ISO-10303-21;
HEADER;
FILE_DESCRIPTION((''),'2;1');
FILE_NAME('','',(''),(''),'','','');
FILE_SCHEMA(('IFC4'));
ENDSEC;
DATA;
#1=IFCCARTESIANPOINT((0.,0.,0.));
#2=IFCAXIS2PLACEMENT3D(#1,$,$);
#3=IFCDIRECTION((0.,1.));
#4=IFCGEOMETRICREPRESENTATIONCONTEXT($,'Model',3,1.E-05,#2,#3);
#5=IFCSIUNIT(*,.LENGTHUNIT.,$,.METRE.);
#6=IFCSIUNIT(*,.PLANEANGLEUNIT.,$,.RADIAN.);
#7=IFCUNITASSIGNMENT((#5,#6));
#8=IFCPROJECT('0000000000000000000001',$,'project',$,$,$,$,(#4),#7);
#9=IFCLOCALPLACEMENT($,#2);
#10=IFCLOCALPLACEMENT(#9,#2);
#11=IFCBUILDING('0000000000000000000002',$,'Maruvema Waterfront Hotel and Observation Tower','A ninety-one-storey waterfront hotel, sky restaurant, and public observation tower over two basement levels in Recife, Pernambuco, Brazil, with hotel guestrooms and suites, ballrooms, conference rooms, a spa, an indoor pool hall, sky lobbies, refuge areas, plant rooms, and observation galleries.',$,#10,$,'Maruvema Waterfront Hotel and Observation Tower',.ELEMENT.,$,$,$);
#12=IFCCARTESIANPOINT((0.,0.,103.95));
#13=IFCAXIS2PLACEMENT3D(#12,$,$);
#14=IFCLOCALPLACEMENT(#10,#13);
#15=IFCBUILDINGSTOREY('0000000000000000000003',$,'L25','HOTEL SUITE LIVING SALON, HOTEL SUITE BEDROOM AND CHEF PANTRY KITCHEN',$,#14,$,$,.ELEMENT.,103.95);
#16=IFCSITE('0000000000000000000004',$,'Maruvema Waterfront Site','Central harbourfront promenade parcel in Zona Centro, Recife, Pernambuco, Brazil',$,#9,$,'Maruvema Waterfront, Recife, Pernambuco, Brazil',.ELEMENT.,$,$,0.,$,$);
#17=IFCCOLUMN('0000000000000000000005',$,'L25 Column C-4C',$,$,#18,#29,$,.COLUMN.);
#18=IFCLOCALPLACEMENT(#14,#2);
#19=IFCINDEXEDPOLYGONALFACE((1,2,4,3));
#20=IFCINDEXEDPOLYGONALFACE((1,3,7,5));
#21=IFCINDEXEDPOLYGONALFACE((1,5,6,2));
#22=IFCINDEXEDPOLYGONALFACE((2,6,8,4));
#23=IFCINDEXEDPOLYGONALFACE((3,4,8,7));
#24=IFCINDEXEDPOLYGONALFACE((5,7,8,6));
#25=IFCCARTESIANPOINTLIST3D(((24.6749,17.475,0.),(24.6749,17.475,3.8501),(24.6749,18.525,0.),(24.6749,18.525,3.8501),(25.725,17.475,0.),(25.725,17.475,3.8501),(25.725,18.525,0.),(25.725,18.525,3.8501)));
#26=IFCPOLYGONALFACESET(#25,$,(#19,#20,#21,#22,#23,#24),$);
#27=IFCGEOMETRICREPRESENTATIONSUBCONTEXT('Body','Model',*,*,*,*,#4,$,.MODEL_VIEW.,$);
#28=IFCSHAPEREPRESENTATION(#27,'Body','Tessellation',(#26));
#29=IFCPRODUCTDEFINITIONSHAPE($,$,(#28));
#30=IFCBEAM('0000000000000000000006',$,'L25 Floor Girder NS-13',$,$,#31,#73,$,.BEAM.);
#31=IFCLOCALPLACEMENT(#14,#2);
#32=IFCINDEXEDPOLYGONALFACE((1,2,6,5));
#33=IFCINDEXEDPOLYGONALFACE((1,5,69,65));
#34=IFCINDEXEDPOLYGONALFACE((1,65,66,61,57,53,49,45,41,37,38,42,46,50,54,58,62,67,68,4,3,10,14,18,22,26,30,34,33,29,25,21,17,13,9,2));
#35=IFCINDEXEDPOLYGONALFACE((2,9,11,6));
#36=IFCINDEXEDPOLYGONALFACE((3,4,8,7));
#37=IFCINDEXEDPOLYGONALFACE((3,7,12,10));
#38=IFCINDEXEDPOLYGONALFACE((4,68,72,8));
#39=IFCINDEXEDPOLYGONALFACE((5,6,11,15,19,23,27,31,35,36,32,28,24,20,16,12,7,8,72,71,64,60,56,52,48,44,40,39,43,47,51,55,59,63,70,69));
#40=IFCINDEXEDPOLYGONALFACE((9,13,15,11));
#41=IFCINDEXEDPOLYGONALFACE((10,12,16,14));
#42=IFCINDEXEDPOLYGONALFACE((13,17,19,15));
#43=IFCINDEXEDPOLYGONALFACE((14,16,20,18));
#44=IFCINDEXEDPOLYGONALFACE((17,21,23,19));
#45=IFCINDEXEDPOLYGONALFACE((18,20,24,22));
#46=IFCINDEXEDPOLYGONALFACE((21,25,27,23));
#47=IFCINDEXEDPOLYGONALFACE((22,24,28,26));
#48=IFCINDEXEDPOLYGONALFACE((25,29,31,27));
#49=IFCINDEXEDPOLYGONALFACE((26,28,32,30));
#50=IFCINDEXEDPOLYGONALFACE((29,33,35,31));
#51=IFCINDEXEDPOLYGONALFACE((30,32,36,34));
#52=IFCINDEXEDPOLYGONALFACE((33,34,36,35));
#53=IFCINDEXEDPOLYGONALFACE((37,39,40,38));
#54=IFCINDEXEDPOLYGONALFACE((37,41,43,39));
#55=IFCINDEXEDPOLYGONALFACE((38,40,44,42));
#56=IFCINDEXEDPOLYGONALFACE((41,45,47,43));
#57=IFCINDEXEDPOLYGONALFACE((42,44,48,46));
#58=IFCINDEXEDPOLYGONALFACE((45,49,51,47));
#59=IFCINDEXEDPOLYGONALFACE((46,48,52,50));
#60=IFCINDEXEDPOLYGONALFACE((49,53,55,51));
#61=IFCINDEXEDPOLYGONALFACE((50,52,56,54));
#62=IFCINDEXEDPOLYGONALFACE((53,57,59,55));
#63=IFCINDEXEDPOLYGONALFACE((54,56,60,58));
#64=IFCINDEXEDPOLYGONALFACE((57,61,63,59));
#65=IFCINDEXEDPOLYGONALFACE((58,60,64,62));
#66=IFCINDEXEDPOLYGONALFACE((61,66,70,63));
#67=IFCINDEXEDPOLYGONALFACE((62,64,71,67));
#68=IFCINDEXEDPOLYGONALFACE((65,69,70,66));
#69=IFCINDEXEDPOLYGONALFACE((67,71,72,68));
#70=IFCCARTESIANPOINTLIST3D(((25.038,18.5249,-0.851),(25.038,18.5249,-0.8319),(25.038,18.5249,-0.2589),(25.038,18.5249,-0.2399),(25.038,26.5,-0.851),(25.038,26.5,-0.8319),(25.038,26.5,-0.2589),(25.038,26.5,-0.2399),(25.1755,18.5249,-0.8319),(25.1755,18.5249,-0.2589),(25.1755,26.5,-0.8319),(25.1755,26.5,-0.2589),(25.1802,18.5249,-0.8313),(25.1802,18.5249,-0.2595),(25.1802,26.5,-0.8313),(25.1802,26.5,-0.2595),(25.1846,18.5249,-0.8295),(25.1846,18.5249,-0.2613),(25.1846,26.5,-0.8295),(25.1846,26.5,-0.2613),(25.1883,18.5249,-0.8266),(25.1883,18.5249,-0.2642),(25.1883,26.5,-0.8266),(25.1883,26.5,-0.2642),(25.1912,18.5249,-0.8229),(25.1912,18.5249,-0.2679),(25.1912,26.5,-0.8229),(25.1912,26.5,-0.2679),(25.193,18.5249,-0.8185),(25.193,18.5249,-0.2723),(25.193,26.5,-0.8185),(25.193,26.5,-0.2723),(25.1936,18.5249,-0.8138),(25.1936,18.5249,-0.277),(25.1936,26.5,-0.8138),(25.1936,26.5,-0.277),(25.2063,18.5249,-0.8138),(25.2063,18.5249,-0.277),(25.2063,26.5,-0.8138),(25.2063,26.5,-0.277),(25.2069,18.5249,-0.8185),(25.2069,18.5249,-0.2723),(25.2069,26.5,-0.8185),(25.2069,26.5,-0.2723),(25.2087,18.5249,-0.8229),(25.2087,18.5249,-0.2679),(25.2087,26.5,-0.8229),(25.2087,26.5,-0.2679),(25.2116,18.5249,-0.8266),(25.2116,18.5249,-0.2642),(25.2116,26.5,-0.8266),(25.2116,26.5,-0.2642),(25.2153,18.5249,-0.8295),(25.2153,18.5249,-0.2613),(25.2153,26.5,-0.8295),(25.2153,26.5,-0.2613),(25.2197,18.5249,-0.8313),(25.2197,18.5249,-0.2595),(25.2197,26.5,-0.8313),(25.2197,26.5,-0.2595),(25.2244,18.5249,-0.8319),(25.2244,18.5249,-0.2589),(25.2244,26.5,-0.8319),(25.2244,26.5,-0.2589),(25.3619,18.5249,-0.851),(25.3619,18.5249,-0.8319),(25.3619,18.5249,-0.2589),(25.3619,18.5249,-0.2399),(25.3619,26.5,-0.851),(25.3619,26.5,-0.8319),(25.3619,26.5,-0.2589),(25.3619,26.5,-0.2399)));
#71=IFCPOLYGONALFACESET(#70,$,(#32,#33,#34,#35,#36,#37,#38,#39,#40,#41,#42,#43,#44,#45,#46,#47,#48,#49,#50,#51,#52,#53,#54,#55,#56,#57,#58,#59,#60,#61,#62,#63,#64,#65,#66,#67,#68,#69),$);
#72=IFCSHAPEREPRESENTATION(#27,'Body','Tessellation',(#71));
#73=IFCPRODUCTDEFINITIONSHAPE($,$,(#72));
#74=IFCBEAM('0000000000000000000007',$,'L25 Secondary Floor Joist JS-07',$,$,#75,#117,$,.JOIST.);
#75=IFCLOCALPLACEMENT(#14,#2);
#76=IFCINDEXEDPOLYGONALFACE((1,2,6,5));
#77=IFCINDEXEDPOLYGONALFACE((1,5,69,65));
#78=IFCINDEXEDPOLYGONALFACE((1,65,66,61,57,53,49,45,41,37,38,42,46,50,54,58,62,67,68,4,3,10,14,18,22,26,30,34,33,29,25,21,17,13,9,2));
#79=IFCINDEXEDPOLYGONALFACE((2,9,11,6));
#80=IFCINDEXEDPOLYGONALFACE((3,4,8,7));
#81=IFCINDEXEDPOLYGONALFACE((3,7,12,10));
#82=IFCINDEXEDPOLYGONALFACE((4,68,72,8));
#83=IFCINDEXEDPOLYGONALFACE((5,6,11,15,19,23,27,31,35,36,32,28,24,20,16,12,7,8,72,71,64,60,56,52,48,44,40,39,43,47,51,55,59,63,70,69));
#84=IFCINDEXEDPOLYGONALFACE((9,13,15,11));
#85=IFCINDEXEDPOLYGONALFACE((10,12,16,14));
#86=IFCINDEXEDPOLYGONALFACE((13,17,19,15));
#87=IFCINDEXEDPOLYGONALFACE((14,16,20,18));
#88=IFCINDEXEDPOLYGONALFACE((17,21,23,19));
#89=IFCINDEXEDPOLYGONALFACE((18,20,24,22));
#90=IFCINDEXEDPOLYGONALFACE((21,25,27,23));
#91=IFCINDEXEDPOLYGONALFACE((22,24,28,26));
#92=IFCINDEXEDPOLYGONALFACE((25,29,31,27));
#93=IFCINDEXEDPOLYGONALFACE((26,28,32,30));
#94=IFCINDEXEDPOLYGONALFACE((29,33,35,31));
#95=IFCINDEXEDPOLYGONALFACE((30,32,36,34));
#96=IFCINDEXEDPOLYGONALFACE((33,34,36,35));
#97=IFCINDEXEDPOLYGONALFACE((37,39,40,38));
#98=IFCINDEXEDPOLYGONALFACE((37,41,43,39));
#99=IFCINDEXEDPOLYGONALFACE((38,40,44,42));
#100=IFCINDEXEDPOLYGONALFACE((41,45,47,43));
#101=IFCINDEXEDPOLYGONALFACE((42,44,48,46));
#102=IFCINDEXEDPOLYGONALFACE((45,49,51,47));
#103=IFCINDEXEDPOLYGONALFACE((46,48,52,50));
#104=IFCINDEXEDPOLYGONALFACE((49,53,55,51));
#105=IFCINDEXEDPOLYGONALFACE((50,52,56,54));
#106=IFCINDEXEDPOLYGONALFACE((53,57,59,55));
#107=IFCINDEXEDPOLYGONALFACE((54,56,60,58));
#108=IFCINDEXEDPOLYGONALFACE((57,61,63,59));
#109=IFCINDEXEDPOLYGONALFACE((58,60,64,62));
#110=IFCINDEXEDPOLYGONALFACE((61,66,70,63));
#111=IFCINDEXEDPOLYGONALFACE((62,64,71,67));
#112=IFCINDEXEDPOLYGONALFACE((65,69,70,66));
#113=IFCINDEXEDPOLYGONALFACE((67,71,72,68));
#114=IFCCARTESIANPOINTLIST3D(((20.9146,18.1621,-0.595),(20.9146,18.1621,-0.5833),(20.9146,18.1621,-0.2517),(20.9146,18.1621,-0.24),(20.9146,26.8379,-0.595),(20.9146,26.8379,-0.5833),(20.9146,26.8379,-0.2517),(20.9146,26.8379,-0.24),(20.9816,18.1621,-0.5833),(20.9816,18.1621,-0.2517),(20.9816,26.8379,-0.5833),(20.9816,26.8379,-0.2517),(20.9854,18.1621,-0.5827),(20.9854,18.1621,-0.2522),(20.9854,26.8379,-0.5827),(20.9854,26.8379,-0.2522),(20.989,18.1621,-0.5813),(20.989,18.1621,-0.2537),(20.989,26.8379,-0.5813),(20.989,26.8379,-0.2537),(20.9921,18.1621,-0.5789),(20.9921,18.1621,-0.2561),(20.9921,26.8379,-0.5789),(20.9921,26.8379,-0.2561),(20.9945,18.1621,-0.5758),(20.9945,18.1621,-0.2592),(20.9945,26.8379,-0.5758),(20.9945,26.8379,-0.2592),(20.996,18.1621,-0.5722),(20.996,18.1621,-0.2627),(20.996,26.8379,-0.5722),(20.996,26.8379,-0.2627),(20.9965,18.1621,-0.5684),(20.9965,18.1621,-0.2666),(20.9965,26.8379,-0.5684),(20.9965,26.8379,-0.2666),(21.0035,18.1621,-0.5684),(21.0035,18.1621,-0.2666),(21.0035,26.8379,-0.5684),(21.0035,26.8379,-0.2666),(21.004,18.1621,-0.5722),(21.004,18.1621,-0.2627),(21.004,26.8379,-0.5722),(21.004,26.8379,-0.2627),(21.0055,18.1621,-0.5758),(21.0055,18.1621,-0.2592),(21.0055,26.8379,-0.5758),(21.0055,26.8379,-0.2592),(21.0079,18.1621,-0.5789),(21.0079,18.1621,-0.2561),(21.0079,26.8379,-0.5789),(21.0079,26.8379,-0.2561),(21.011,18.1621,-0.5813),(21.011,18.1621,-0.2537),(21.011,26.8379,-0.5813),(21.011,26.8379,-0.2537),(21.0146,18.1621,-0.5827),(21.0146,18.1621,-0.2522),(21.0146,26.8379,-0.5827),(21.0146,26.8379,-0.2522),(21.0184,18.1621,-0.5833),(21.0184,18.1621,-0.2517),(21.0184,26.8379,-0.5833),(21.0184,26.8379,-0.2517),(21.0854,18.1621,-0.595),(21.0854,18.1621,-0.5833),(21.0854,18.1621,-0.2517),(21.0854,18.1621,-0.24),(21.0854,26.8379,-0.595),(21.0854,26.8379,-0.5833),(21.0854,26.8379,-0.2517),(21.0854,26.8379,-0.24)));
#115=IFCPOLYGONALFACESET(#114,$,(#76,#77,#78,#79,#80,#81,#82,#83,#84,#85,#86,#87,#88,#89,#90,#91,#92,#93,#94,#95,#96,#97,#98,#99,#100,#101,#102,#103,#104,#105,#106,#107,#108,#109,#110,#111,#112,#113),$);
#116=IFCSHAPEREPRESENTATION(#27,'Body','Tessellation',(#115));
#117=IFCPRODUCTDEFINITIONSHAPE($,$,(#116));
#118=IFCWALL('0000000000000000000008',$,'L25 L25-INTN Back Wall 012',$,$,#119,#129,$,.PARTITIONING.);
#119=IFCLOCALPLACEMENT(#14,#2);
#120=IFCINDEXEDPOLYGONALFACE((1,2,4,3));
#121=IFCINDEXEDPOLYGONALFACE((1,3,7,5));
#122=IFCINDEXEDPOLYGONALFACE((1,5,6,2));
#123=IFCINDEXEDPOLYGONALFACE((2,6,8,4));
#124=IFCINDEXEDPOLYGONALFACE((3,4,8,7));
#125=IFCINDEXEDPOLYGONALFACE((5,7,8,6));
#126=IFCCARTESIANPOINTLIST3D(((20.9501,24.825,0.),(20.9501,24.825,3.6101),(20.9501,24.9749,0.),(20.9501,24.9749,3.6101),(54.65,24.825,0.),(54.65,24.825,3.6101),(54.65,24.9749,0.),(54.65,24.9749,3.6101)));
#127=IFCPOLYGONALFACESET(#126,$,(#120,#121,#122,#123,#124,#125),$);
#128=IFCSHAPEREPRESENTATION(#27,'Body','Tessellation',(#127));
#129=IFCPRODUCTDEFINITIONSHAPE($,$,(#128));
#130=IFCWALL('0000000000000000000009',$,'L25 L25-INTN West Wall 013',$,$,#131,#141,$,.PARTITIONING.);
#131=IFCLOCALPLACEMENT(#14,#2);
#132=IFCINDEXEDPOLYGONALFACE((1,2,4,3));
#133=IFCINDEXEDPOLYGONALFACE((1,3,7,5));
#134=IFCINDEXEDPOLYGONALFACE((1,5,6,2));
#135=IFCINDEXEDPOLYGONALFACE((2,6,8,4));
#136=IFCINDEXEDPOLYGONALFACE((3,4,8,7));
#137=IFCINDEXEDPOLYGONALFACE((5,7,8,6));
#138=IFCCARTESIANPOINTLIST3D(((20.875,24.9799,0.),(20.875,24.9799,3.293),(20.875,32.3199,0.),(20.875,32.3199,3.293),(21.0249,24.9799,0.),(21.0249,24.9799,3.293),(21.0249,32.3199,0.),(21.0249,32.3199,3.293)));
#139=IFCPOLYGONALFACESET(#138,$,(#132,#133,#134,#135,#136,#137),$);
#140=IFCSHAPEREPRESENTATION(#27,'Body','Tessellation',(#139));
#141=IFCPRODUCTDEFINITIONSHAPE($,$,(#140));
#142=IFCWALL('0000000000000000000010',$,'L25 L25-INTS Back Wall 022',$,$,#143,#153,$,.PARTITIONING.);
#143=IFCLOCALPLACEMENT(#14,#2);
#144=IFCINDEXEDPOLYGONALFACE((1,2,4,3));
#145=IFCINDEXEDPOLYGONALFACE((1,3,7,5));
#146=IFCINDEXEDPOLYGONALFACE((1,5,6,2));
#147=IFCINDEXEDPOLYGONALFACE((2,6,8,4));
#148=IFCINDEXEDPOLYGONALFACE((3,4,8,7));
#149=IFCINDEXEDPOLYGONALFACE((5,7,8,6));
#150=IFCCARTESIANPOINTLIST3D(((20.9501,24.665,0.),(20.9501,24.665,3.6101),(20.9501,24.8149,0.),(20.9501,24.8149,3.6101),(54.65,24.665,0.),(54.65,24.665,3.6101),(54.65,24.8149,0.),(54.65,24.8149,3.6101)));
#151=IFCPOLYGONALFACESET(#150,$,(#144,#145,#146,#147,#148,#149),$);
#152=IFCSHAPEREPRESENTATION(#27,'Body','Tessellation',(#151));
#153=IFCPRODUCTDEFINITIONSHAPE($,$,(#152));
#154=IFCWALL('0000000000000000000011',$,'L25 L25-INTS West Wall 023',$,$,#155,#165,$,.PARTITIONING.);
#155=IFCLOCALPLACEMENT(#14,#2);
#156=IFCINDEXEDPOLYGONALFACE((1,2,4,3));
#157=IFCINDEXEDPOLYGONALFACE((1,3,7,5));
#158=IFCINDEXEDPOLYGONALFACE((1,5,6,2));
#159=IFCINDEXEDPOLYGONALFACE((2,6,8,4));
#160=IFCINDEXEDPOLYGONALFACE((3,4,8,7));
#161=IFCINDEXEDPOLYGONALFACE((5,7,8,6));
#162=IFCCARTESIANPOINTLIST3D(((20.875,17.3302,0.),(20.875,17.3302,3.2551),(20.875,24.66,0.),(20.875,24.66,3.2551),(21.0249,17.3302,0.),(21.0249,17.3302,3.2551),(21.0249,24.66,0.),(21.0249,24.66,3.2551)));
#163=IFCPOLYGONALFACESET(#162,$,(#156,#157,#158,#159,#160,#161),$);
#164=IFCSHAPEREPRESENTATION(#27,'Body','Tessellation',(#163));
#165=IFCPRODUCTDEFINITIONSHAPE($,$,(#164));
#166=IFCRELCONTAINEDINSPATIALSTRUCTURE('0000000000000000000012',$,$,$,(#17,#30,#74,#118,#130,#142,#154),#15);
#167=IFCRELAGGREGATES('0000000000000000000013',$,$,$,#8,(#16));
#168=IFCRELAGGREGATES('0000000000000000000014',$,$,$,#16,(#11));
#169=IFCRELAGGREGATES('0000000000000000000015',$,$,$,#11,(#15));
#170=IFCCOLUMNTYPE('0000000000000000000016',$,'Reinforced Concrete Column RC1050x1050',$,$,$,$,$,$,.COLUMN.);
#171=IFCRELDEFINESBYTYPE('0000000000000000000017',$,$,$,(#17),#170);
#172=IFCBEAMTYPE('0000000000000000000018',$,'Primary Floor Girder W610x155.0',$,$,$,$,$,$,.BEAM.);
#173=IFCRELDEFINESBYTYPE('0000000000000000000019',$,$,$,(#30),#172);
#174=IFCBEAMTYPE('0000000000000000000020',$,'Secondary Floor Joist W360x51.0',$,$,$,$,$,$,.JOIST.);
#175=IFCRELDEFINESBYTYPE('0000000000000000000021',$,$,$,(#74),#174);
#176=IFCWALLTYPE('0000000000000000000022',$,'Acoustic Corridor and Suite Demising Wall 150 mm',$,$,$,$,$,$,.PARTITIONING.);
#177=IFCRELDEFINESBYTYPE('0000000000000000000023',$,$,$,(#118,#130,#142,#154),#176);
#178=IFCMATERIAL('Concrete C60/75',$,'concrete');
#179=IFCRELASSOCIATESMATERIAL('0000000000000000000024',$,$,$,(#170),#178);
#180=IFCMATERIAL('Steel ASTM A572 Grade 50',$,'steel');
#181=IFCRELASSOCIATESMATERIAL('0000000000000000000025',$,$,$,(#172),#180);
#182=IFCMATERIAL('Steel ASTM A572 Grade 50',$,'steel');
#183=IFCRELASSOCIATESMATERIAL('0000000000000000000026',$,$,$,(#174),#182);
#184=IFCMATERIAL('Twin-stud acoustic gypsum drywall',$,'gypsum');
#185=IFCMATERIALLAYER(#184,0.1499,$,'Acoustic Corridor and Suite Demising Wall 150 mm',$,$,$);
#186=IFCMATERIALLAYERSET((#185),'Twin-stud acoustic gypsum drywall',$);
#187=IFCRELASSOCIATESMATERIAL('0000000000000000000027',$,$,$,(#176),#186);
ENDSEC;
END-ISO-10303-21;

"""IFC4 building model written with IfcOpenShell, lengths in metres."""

from ifc_helpers import new_model, si_unit, direction, frame, frame_2d, origin, origin_2d, place, context, subcontext, project, spatial, rectangle, i_section, extrude, material, layer, layer_set, material_profile, profile_set, type_object, element, save


model = new_model("IFC4")

# Units and contexts
model_context = context("Model", 3, precision=1e-05, world=origin(), true_north=direction((0.0, 1.0)))
body_context = subcontext(model_context, "Body", "Model", "MODEL_VIEW")
ifc_project = project(units=[si_unit("LENGTHUNIT", "METRE"), si_unit("PLANEANGLEUNIT", "RADIAN")], contexts=[model_context])

# Site, building, storey
site_placement = place(None, origin())
site = spatial("IfcSite", under=ifc_project, at=site_placement, Name="Maruvema Waterfront Site", Description="Central harbourfront promenade parcel in Zona Centro, Recife, Pernambuco, Brazil", LongName="Maruvema Waterfront, Recife, Pernambuco, Brazil", CompositionType="ELEMENT", RefElevation=0.0)
building_placement = place(site_placement, origin())
building = spatial("IfcBuilding", under=site, at=building_placement, Name="Maruvema Waterfront Hotel and Observation Tower", Description="A ninety-one-storey waterfront hotel, sky restaurant, and public observation tower over two basement levels in Recife, Pernambuco, Brazil, with hotel guestrooms and suites, ballrooms, conference rooms, a spa, an indoor pool hall, sky lobbies, refuge areas, plant rooms, and observation galleries.", LongName="Maruvema Waterfront Hotel and Observation Tower", CompositionType="ELEMENT")
storey_placement = place(building_placement, frame((0.0, 0.0, 103.95)))
storey = spatial("IfcBuildingStorey", under=building, at=storey_placement, Name="L25", Description="HOTEL SUITE LIVING SALON, HOTEL SUITE BEDROOM AND CHEF PANTRY KITCHEN", CompositionType="ELEMENT", Elevation=103.95)

# Column
ifc_material_1 = material(Name="Concrete C60/75", Category="concrete")
ifc_material_profile_1 = material_profile(ifc_material_1, rectangle(XDim=1.05, YDim=1.05, at=origin_2d()), Name="RC1050x1050")
ifc_profile_set_1 = profile_set([ifc_material_profile_1], Name="Concrete C60/75")
column_type = type_object("IfcColumnType", Name="Reinforced Concrete Column RC1050x1050", PredefinedType="COLUMN", material=ifc_profile_set_1)
column_placement = place(storey_placement, frame((25.2, 18.0, 0.0), z_axis=(0.0, 0.0, 1.0), x_axis=(1.0, 0.0, 0.0)))
element("IfcColumn", 1, at=column_placement, inside=storey, type_object=column_type, Name="L25 Column C-4C", PredefinedType="COLUMN", context=body_context, shape_type="SweptSolid", body=[
    extrude(rectangle(XDim=1.05, YDim=1.05, at=origin_2d()), origin(), (0.0, 0.0, 1.0), 3.8501),
])

# Beams
ifc_material_2 = material(Name="Steel ASTM A572 Grade 50", Category="steel")
ifc_material_profile_2 = material_profile(ifc_material_2, i_section(OverallWidth=0.324, OverallDepth=0.6111, WebThickness=0.0127, FlangeThickness=0.019, FilletRadius=0.0181, at=origin_2d()), Name="W610x155.0")
ifc_profile_set_2 = profile_set([ifc_material_profile_2], Name="Steel ASTM A572 Grade 50")
beam_type_1 = type_object("IfcBeamType", Name="Primary Floor Girder W610x155.0", PredefinedType="BEAM", material=ifc_profile_set_2)
beam_1_placement = place(storey_placement, frame((25.2, 18.5249, -0.5454), z_axis=(0.0, 1.0, 0.0), x_axis=(-1.0, 0.0, 0.0)))
element("IfcBeam", 2, at=beam_1_placement, inside=storey, type_object=beam_type_1, Name="L25 Floor Girder NS-13", PredefinedType="BEAM", context=body_context, shape_type="SweptSolid", body=[
    extrude(i_section(OverallWidth=0.324, OverallDepth=0.6111, WebThickness=0.0127, FlangeThickness=0.019, FilletRadius=0.0181, at=origin_2d()), origin(), (0.0, 0.0, 1.0), 7.9751),
])
ifc_material_3 = material(Name="Steel ASTM A572 Grade 50", Category="steel")
ifc_material_profile_3 = material_profile(ifc_material_3, i_section(OverallWidth=0.1709, OverallDepth=0.355, WebThickness=0.0071, FlangeThickness=0.0117, FilletRadius=0.0149, at=origin_2d()), Name="W360x51.0")
ifc_profile_set_3 = profile_set([ifc_material_profile_3], Name="Steel ASTM A572 Grade 50")
beam_type_2 = type_object("IfcBeamType", Name="Secondary Floor Joist W360x51.0", PredefinedType="JOIST", material=ifc_profile_set_3)
beam_2_placement = place(storey_placement, frame((21.0, 18.1621, -0.4175), z_axis=(0.0, 1.0, 0.0), x_axis=(-1.0, 0.0, 0.0)))
element("IfcBeam", 3, at=beam_2_placement, inside=storey, type_object=beam_type_2, Name="L25 Secondary Floor Joist JS-07", PredefinedType="JOIST", context=body_context, shape_type="SweptSolid", body=[
    extrude(i_section(OverallWidth=0.1709, OverallDepth=0.355, WebThickness=0.0071, FlangeThickness=0.0117, FilletRadius=0.0149, at=origin_2d()), origin(), (0.0, 0.0, 1.0), 8.6758),
])

# Walls
ifc_material_4 = material(Name="Twin-stud acoustic gypsum drywall", Category="gypsum")
ifc_layer = layer(ifc_material_4, 0.1499, Name="Acoustic Corridor and Suite Demising Wall 150 mm")
ifc_layer_set = layer_set([ifc_layer], Name="Twin-stud acoustic gypsum drywall")
wall_type = type_object("IfcWallType", Name="Acoustic Corridor and Suite Demising Wall 150 mm", PredefinedType="PARTITIONING", material=ifc_layer_set)
wall_1_placement = place(storey_placement, frame((20.95, 24.8999, 0.0), z_axis=(0.0, 0.0, 1.0), x_axis=(1.0, 0.0, 0.0)))
element("IfcWall", 4, at=wall_1_placement, inside=storey, type_object=wall_type, Name="L25 L25-INTN Back Wall 012", PredefinedType="PARTITIONING", context=body_context, shape_type="SweptSolid", body=[
    extrude(rectangle(XDim=33.7, YDim=0.1499, at=frame_2d((16.8501, 0.0))), origin(), (0.0, 0.0, 1.0), 3.6101),
])
wall_2_placement = place(storey_placement, frame((20.95, 24.98, 0.0), z_axis=(0.0, 0.0, 1.0), x_axis=(0.0, 1.0, 0.0)))
element("IfcWall", 5, at=wall_2_placement, inside=storey, type_object=wall_type, Name="L25 L25-INTN West Wall 013", PredefinedType="PARTITIONING", context=body_context, shape_type="SweptSolid", body=[
    extrude(rectangle(XDim=7.3401, YDim=0.1499, at=frame_2d((3.6699, 0.0))), origin(), (0.0, 0.0, 1.0), 3.293),
])
wall_3_placement = place(storey_placement, frame((20.95, 24.74, 0.0), z_axis=(0.0, 0.0, 1.0), x_axis=(1.0, 0.0, 0.0)))
element("IfcWall", 6, at=wall_3_placement, inside=storey, type_object=wall_type, Name="L25 L25-INTS Back Wall 022", PredefinedType="PARTITIONING", context=body_context, shape_type="SweptSolid", body=[
    extrude(rectangle(XDim=33.7, YDim=0.1499, at=frame_2d((16.8501, 0.0))), origin(), (0.0, 0.0, 1.0), 3.6101),
])
wall_4_placement = place(storey_placement, frame((20.95, 17.3301, 0.0), z_axis=(0.0, 0.0, 1.0), x_axis=(0.0, 1.0, 0.0)))
element("IfcWall", 7, at=wall_4_placement, inside=storey, type_object=wall_type, Name="L25 L25-INTS West Wall 023", PredefinedType="PARTITIONING", context=body_context, shape_type="SweptSolid", body=[
    extrude(rectangle(XDim=7.3298, YDim=0.1499, at=frame_2d((3.665, 0.0))), origin(), (0.0, 0.0, 1.0), 3.2551),
])

save(model, "model.ifc")
